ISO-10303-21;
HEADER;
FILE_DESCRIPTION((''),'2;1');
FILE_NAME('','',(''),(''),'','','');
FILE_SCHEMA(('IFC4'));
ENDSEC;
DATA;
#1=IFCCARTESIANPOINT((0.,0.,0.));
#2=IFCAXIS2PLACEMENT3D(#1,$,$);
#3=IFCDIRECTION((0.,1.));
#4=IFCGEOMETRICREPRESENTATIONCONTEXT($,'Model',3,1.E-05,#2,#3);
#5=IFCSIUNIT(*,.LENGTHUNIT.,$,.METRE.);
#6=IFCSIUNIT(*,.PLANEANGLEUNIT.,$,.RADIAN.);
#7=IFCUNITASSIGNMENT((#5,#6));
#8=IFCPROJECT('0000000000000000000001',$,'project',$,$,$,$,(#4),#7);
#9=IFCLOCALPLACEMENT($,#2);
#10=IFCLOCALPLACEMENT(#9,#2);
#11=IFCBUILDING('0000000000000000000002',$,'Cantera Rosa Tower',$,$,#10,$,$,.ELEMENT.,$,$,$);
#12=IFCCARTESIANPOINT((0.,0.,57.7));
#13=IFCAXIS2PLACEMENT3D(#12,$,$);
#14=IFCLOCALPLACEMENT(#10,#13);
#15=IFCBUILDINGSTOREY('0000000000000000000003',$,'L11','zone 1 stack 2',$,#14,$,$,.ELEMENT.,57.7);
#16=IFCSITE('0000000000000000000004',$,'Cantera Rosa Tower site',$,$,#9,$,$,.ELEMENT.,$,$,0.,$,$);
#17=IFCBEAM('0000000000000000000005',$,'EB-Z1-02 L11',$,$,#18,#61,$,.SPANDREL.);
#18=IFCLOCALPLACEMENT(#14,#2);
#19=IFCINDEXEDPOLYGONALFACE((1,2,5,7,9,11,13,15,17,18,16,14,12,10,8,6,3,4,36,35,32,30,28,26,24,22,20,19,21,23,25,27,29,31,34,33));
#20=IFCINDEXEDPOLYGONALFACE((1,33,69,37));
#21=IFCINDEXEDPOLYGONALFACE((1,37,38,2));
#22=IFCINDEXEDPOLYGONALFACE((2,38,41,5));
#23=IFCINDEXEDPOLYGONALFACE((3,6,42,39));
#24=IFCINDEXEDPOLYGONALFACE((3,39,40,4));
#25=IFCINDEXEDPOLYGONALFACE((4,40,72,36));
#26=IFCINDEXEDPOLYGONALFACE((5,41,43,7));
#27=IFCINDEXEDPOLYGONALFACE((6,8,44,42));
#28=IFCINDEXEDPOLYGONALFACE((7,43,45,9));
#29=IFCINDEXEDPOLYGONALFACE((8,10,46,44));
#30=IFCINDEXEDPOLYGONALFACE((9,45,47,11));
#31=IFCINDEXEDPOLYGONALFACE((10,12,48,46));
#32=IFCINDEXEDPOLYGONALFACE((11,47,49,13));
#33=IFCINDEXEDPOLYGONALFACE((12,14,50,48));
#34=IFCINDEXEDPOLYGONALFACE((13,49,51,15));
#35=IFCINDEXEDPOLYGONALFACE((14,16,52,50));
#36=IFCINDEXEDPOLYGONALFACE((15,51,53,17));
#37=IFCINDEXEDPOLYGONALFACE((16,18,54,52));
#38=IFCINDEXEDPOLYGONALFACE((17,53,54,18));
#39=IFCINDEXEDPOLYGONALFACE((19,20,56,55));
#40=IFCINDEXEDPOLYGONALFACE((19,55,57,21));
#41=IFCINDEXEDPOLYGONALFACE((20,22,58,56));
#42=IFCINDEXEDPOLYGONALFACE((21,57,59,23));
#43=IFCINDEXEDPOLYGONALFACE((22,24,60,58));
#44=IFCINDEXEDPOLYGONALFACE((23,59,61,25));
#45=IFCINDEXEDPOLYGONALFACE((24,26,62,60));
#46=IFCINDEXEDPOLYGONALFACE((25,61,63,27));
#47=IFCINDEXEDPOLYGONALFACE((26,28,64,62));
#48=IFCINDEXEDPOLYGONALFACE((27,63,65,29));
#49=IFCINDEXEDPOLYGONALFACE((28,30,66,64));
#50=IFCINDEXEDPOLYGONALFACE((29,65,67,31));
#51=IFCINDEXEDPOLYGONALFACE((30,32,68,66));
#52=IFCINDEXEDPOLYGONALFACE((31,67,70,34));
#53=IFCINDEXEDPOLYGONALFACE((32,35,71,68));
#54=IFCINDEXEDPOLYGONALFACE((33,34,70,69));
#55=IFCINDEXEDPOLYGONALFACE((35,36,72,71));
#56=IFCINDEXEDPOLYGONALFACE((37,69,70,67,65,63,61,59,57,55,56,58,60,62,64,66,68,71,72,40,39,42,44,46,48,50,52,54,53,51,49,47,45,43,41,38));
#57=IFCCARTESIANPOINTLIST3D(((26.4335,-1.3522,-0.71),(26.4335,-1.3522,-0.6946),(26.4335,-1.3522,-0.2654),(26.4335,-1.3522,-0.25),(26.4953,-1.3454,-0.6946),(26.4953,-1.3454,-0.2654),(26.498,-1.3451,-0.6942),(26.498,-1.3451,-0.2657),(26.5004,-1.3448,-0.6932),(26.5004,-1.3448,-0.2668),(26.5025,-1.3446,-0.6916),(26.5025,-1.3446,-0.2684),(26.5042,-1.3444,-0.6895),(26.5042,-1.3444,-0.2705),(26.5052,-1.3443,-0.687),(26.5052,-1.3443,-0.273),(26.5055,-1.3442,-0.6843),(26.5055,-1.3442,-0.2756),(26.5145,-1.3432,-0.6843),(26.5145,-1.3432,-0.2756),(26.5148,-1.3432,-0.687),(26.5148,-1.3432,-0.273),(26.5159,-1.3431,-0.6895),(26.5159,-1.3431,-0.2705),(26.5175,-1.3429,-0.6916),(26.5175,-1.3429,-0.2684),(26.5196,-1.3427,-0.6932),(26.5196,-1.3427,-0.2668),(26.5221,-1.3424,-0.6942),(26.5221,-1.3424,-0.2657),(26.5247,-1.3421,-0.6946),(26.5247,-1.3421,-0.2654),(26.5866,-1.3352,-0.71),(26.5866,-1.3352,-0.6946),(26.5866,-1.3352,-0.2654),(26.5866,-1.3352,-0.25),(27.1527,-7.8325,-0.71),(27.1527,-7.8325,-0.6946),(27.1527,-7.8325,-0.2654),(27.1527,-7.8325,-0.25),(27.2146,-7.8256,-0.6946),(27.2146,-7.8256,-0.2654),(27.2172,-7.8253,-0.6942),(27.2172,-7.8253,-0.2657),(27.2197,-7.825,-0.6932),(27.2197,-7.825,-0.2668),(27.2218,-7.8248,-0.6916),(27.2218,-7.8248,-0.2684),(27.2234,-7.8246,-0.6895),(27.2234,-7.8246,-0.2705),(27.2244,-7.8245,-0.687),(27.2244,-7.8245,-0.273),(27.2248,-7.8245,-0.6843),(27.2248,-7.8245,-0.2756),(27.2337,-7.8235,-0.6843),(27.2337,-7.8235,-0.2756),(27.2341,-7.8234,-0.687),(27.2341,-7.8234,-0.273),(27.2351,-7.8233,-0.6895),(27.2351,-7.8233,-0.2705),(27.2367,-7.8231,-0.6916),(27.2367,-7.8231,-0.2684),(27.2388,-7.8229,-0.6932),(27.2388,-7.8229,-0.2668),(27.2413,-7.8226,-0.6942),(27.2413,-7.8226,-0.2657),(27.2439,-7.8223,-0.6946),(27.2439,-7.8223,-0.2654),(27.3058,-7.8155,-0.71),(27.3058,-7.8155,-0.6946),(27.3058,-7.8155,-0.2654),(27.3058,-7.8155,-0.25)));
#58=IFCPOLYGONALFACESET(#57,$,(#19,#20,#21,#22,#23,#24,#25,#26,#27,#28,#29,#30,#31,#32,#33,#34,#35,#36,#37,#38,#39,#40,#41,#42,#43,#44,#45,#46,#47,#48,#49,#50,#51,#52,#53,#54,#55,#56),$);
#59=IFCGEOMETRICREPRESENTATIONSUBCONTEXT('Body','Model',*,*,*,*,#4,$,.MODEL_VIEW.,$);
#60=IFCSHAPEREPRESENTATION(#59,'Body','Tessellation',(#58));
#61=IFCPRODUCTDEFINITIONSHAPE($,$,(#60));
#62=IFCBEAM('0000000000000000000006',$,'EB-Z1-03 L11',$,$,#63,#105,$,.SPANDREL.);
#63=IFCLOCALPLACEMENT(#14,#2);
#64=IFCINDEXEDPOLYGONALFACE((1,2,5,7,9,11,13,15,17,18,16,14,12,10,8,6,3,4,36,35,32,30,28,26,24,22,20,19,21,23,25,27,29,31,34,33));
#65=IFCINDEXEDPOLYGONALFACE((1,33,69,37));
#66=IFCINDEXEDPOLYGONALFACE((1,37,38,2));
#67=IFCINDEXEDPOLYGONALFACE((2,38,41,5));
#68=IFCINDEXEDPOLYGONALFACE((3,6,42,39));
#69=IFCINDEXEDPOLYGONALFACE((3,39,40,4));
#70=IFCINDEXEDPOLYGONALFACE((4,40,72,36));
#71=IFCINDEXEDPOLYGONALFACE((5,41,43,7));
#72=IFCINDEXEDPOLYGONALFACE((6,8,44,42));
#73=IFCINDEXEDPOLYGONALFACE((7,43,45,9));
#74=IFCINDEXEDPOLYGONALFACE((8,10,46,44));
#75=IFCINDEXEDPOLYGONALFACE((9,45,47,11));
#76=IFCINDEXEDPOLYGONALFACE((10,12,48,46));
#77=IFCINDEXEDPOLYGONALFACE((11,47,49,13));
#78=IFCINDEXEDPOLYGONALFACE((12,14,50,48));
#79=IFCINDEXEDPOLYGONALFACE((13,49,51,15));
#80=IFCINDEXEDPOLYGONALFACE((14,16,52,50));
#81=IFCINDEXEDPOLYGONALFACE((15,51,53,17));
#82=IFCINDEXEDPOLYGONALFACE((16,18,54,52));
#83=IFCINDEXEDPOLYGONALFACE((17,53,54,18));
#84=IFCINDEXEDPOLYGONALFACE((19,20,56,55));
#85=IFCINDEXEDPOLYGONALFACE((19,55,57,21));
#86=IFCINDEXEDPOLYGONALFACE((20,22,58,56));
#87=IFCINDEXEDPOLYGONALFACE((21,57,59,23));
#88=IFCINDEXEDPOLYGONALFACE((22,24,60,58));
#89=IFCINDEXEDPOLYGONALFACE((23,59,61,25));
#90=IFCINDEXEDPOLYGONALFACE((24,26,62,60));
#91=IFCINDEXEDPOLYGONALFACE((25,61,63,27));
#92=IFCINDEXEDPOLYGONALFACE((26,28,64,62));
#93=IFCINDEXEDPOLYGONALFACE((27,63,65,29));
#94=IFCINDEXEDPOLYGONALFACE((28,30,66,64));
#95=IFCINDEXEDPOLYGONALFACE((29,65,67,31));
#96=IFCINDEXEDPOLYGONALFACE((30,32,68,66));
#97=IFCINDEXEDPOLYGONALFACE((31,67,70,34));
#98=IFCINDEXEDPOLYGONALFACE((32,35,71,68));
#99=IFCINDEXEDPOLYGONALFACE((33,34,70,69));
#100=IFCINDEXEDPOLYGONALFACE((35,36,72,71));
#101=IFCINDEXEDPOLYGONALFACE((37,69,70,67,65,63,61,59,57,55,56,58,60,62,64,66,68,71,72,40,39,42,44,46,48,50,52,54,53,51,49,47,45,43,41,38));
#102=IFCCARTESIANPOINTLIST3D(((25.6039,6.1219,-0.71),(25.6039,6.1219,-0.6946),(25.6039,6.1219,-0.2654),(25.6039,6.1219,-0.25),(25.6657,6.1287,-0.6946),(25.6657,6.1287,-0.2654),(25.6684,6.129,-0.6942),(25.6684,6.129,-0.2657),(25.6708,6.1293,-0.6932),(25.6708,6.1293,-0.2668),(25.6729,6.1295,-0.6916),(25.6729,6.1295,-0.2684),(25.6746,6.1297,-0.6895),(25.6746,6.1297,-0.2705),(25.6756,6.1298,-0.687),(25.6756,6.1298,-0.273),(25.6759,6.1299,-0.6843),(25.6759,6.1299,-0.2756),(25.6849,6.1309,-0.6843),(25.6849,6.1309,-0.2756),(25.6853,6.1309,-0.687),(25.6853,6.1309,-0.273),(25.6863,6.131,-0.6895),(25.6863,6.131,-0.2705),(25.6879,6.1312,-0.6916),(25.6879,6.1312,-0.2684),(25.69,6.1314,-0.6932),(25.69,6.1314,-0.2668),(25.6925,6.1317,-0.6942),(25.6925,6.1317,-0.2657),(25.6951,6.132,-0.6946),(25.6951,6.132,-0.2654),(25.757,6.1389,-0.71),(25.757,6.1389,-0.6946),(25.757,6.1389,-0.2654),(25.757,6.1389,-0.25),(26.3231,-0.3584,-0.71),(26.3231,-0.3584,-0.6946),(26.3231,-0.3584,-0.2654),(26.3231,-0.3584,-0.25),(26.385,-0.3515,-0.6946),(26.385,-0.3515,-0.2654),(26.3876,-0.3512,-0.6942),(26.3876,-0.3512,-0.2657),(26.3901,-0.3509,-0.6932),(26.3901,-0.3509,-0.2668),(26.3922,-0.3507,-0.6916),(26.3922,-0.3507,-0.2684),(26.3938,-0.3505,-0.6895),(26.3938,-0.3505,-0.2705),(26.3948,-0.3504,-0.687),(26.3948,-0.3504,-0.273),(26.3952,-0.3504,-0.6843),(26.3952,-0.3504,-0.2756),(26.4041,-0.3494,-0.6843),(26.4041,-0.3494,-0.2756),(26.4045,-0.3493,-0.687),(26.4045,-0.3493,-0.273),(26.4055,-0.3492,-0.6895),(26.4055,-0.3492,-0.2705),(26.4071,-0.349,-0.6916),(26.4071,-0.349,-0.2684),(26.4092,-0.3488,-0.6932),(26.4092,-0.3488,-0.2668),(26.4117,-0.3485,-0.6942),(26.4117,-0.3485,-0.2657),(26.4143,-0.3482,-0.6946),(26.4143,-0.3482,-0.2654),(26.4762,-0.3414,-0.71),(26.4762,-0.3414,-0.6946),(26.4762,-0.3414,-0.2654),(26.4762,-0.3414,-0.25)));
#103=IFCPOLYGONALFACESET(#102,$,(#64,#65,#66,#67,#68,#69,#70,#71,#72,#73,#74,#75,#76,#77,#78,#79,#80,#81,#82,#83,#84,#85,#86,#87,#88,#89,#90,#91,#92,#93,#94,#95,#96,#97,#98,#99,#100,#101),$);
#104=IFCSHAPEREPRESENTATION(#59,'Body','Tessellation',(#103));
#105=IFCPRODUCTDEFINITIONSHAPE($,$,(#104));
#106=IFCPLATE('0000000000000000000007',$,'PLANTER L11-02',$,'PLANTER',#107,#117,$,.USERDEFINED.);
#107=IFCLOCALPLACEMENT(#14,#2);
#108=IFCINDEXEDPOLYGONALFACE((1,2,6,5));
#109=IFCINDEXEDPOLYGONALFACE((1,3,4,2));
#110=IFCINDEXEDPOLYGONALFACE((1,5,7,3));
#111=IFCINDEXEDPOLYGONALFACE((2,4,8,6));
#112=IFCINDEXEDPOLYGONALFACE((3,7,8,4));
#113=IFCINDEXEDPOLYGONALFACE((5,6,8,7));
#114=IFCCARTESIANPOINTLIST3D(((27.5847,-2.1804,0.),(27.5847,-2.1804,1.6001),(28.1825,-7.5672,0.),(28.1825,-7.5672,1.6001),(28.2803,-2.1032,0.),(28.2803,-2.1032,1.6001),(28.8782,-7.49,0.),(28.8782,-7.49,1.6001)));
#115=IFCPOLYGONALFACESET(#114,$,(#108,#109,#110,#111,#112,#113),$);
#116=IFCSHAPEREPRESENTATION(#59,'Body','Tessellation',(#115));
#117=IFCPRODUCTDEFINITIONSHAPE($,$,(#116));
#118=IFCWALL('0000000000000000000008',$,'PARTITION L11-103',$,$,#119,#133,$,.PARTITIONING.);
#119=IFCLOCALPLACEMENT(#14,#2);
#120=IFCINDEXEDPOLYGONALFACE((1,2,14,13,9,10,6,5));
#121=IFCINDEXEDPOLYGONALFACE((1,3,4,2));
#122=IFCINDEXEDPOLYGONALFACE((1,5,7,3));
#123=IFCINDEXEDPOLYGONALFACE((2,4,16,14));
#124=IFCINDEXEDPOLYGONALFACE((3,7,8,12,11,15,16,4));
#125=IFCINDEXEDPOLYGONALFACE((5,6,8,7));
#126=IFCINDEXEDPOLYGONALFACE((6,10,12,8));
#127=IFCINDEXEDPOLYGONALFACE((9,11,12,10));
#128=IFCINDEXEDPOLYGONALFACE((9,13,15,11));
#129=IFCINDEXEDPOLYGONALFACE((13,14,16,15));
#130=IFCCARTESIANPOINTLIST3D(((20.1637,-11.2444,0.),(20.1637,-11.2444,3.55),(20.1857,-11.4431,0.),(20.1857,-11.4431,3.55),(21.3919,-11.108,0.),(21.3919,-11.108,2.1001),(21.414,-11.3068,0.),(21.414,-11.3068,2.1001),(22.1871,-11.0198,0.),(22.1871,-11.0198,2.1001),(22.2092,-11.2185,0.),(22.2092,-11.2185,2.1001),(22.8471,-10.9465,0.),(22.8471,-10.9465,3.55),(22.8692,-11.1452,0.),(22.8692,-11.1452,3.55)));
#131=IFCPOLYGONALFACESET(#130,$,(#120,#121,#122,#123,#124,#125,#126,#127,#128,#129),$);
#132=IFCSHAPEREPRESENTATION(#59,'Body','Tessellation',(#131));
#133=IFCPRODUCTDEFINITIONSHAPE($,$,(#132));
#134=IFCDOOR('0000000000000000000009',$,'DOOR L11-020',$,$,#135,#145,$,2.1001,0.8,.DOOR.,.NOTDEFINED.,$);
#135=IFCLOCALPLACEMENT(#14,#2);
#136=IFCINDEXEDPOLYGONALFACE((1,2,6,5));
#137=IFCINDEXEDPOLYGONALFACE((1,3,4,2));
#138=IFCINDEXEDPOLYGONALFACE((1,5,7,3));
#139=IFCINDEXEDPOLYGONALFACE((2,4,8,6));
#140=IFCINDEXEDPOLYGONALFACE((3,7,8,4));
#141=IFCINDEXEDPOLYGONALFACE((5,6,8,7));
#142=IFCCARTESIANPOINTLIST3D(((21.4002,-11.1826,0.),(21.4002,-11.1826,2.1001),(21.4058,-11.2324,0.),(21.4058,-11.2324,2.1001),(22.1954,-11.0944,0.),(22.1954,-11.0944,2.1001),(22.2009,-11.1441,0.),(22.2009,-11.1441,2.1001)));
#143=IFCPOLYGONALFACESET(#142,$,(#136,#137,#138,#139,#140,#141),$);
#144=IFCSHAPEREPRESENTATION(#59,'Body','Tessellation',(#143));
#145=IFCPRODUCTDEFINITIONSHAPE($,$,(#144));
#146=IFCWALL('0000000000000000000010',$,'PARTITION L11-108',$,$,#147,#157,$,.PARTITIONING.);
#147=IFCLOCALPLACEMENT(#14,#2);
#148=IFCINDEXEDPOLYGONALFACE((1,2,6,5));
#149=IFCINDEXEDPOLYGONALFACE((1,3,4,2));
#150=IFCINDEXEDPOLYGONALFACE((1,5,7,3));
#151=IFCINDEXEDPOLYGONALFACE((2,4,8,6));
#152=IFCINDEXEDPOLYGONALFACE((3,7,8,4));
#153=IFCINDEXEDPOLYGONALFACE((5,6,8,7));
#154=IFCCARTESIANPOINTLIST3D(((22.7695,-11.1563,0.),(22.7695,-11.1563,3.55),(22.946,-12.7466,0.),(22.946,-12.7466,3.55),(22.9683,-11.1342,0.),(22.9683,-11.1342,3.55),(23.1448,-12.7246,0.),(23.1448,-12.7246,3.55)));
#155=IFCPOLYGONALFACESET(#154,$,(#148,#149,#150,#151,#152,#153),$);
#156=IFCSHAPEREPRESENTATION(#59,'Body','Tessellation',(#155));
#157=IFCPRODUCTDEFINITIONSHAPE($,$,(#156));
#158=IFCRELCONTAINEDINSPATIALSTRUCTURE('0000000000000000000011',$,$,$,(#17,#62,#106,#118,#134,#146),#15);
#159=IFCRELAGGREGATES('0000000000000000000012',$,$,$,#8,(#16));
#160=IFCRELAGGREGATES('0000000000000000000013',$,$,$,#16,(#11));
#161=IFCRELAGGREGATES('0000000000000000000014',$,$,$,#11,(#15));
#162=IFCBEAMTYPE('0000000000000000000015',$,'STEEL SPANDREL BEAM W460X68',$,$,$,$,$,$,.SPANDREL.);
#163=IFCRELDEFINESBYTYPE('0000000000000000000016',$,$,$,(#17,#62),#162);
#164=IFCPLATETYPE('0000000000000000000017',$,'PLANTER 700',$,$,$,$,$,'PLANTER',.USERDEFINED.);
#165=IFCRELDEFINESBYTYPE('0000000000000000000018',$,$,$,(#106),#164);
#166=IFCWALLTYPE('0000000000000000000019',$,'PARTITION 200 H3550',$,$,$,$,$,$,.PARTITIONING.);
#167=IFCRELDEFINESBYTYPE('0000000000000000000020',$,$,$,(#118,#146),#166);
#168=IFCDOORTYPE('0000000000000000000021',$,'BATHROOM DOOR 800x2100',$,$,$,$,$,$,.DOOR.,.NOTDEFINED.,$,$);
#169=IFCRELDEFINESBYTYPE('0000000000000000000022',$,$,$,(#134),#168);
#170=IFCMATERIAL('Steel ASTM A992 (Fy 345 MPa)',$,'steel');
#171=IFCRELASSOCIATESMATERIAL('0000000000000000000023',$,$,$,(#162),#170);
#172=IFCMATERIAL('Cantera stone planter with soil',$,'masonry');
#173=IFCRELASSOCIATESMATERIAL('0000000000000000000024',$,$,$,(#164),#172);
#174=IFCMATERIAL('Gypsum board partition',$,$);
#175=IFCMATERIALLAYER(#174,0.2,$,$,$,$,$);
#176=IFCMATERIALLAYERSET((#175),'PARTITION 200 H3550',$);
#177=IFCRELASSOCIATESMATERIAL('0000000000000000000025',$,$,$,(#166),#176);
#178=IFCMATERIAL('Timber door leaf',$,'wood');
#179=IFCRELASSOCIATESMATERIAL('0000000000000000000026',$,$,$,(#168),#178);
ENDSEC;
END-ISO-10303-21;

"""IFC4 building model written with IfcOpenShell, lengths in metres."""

from ifc_helpers import new_model, si_unit, direction, frame, frame_2d, origin, origin_2d, place, context, subcontext, project, spatial, rectangle, i_section, extrude, material, layer, layer_set, material_profile, profile_set, type_object, element, fill, save


model = new_model("IFC4")

# Units and contexts
model_context = context("Model", 3, precision=1e-05, world=origin(), true_north=direction((0.0, 1.0)))
body_context = subcontext(model_context, "Body", "Model", "MODEL_VIEW")
ifc_project = project(units=[si_unit("LENGTHUNIT", "METRE"), si_unit("PLANEANGLEUNIT", "RADIAN")], contexts=[model_context])

# Site, building, storey
site_placement = place(None, origin())
site = spatial("IfcSite", under=ifc_project, at=site_placement, Name="Cantera Rosa Tower site", CompositionType="ELEMENT", RefElevation=0.0)
building_placement = place(site_placement, origin())
building = spatial("IfcBuilding", under=site, at=building_placement, Name="Cantera Rosa Tower", CompositionType="ELEMENT")
storey_placement = place(building_placement, frame((0.0, 0.0, 57.7)))
storey = spatial("IfcBuildingStorey", under=building, at=storey_placement, Name="L11", Description="zone 1 stack 2", CompositionType="ELEMENT", Elevation=57.7)

# Beams
ifc_material_1 = material(Name="Steel ASTM A992 (Fy 345 MPa)", Category="steel")
ifc_material_profile_1 = material_profile(ifc_material_1, i_section(OverallWidth=0.1541, OverallDepth=0.46, WebThickness=0.009, FlangeThickness=0.0154, FilletRadius=0.0103, at=origin_2d()), Name="W460X68")
ifc_profile_set_1 = profile_set([ifc_material_profile_1], Name="Steel ASTM A992 (Fy 345 MPa)")
beam_type_1 = type_object("IfcBeamType", Name="STEEL SPANDREL BEAM W460X68", PredefinedType="SPANDREL", material=ifc_profile_set_1)
for number, where, z_axis, x_axis, name in (
    (1, (27.2292, -7.824, -0.48), (-0.110312, 0.993897, 0.0), (-0.993897, -0.110312, 0.0), "EB-Z1-02 L11"),
    (2, (26.3997, -0.3499, -0.48), (-0.110312, 0.993897, 0.0), (-0.993897, -0.110312, 0.0), "EB-Z1-03 L11"),
):
    element("IfcBeam", number, at=place(storey_placement, frame(where, z_axis=z_axis, x_axis=x_axis)), inside=storey, type_object=beam_type_1, Name=name, PredefinedType="SPANDREL", context=body_context, shape_type="SweptSolid", body=[
        extrude(i_section(OverallWidth=0.1541, OverallDepth=0.46, WebThickness=0.009, FlangeThickness=0.0154, FilletRadius=0.0103, at=origin_2d()), origin(), (0.0, 0.0, 1.0), 6.52),
    ])

# Plate
ifc_material_2 = material(Name="Cantera stone planter with soil", Category="masonry")
plate_type = type_object("IfcPlateType", Name="PLANTER 700", ElementType="PLANTER", PredefinedType="USERDEFINED", material=ifc_material_2)
plate_placement = place(storey_placement, frame((28.2314, -4.8352, 0.0), z_axis=(0.0, 0.0, 1.0), x_axis=(-0.110313, 0.993897, 0.0)))
element("IfcPlate", 3, at=plate_placement, inside=storey, type_object=plate_type, Name="PLANTER L11-02", ObjectType="PLANTER", PredefinedType="USERDEFINED", context=body_context, shape_type="SweptSolid", body=[
    extrude(rectangle(XDim=5.4199, YDim=0.7, at=origin_2d()), origin(), (0.0, 0.0, 1.0), 1.6001),
])

# Wall, opening, door
ifc_material_3 = material(Name="Gypsum board partition")
ifc_layer_1 = layer(ifc_material_3, 0.2)
ifc_layer_set_1 = layer_set([ifc_layer_1], Name="PARTITION 200 H3550")
wall_type_1 = type_object("IfcWallType", Name="PARTITION 200 H3550", PredefinedType="PARTITIONING", material=ifc_layer_set_1)
wall_1_placement = place(storey_placement, frame((20.1746, -11.3438, 0.0), z_axis=(0.0, 0.0, 1.0), x_axis=(0.993896, 0.110322, 0.0)))
wall_1 = element("IfcWall", 4, at=wall_1_placement, inside=storey, type_object=wall_type_1, Name="PARTITION L11-103", PredefinedType="PARTITIONING", context=body_context, shape_type="SweptSolid", body=[
    extrude(rectangle(XDim=2.7, YDim=0.2, at=frame_2d((1.3501, 0.0))), origin(), (0.0, 0.0, 1.0), 3.55),
])
opening_1_placement = place(wall_1_placement, frame((1.2361, 0.0, 0.0)))
opening_1 = element("IfcOpeningElement", 5, at=opening_1_placement, cuts=wall_1, PredefinedType="OPENING", context=body_context, shape_type="SweptSolid", body=[
    extrude(rectangle(XDim=0.8, YDim=2.1001, at=frame_2d((0.3999, 1.05))), frame((0.0, 0.1099, 0.0), z_axis=(0.0, -1.0, 0.0), x_axis=(1.0, 0.0, 0.0)), (0.0, 0.0, 1.0), 0.22),
])
ifc_material_4 = material(Name="Timber door leaf", Category="wood")
door_type_1 = type_object("IfcDoorType", Name="BATHROOM DOOR 800x2100", OperationType="NOTDEFINED", PredefinedType="DOOR", material=ifc_material_4)
door_1_placement = place(opening_1_placement, origin())
door_1 = element("IfcDoor", 6, at=door_1_placement, inside=storey, type_object=door_type_1, Name="DOOR L11-020", OperationType="NOTDEFINED", OverallHeight=2.1001, OverallWidth=0.8, PredefinedType="DOOR", context=body_context, shape_type="SweptSolid", body=[
    extrude(rectangle(XDim=0.8, YDim=2.1001, at=frame_2d((0.3999, 1.05))), frame((0.0, 0.0249, 0.0), z_axis=(0.0, -1.0, 0.0), x_axis=(1.0, 0.0, 0.0)), (0.0, 0.0, 1.0), 0.05),
])
fill(opening_1, door_1)

# Wall
wall_2_placement = place(storey_placement, frame((22.8689, -11.1453, 0.0), z_axis=(0.0, 0.0, 1.0), x_axis=(0.110314, -0.993897, 0.0)))
element("IfcWall", 7, at=wall_2_placement, inside=storey, type_object=wall_type_1, Name="PARTITION L11-108", PredefinedType="PARTITIONING", context=body_context, shape_type="SweptSolid", body=[
    extrude(rectangle(XDim=1.6001, YDim=0.2, at=frame_2d((0.8, 0.0))), origin(), (0.0, 0.0, 1.0), 3.55),
])

save(model, "model.ifc")
